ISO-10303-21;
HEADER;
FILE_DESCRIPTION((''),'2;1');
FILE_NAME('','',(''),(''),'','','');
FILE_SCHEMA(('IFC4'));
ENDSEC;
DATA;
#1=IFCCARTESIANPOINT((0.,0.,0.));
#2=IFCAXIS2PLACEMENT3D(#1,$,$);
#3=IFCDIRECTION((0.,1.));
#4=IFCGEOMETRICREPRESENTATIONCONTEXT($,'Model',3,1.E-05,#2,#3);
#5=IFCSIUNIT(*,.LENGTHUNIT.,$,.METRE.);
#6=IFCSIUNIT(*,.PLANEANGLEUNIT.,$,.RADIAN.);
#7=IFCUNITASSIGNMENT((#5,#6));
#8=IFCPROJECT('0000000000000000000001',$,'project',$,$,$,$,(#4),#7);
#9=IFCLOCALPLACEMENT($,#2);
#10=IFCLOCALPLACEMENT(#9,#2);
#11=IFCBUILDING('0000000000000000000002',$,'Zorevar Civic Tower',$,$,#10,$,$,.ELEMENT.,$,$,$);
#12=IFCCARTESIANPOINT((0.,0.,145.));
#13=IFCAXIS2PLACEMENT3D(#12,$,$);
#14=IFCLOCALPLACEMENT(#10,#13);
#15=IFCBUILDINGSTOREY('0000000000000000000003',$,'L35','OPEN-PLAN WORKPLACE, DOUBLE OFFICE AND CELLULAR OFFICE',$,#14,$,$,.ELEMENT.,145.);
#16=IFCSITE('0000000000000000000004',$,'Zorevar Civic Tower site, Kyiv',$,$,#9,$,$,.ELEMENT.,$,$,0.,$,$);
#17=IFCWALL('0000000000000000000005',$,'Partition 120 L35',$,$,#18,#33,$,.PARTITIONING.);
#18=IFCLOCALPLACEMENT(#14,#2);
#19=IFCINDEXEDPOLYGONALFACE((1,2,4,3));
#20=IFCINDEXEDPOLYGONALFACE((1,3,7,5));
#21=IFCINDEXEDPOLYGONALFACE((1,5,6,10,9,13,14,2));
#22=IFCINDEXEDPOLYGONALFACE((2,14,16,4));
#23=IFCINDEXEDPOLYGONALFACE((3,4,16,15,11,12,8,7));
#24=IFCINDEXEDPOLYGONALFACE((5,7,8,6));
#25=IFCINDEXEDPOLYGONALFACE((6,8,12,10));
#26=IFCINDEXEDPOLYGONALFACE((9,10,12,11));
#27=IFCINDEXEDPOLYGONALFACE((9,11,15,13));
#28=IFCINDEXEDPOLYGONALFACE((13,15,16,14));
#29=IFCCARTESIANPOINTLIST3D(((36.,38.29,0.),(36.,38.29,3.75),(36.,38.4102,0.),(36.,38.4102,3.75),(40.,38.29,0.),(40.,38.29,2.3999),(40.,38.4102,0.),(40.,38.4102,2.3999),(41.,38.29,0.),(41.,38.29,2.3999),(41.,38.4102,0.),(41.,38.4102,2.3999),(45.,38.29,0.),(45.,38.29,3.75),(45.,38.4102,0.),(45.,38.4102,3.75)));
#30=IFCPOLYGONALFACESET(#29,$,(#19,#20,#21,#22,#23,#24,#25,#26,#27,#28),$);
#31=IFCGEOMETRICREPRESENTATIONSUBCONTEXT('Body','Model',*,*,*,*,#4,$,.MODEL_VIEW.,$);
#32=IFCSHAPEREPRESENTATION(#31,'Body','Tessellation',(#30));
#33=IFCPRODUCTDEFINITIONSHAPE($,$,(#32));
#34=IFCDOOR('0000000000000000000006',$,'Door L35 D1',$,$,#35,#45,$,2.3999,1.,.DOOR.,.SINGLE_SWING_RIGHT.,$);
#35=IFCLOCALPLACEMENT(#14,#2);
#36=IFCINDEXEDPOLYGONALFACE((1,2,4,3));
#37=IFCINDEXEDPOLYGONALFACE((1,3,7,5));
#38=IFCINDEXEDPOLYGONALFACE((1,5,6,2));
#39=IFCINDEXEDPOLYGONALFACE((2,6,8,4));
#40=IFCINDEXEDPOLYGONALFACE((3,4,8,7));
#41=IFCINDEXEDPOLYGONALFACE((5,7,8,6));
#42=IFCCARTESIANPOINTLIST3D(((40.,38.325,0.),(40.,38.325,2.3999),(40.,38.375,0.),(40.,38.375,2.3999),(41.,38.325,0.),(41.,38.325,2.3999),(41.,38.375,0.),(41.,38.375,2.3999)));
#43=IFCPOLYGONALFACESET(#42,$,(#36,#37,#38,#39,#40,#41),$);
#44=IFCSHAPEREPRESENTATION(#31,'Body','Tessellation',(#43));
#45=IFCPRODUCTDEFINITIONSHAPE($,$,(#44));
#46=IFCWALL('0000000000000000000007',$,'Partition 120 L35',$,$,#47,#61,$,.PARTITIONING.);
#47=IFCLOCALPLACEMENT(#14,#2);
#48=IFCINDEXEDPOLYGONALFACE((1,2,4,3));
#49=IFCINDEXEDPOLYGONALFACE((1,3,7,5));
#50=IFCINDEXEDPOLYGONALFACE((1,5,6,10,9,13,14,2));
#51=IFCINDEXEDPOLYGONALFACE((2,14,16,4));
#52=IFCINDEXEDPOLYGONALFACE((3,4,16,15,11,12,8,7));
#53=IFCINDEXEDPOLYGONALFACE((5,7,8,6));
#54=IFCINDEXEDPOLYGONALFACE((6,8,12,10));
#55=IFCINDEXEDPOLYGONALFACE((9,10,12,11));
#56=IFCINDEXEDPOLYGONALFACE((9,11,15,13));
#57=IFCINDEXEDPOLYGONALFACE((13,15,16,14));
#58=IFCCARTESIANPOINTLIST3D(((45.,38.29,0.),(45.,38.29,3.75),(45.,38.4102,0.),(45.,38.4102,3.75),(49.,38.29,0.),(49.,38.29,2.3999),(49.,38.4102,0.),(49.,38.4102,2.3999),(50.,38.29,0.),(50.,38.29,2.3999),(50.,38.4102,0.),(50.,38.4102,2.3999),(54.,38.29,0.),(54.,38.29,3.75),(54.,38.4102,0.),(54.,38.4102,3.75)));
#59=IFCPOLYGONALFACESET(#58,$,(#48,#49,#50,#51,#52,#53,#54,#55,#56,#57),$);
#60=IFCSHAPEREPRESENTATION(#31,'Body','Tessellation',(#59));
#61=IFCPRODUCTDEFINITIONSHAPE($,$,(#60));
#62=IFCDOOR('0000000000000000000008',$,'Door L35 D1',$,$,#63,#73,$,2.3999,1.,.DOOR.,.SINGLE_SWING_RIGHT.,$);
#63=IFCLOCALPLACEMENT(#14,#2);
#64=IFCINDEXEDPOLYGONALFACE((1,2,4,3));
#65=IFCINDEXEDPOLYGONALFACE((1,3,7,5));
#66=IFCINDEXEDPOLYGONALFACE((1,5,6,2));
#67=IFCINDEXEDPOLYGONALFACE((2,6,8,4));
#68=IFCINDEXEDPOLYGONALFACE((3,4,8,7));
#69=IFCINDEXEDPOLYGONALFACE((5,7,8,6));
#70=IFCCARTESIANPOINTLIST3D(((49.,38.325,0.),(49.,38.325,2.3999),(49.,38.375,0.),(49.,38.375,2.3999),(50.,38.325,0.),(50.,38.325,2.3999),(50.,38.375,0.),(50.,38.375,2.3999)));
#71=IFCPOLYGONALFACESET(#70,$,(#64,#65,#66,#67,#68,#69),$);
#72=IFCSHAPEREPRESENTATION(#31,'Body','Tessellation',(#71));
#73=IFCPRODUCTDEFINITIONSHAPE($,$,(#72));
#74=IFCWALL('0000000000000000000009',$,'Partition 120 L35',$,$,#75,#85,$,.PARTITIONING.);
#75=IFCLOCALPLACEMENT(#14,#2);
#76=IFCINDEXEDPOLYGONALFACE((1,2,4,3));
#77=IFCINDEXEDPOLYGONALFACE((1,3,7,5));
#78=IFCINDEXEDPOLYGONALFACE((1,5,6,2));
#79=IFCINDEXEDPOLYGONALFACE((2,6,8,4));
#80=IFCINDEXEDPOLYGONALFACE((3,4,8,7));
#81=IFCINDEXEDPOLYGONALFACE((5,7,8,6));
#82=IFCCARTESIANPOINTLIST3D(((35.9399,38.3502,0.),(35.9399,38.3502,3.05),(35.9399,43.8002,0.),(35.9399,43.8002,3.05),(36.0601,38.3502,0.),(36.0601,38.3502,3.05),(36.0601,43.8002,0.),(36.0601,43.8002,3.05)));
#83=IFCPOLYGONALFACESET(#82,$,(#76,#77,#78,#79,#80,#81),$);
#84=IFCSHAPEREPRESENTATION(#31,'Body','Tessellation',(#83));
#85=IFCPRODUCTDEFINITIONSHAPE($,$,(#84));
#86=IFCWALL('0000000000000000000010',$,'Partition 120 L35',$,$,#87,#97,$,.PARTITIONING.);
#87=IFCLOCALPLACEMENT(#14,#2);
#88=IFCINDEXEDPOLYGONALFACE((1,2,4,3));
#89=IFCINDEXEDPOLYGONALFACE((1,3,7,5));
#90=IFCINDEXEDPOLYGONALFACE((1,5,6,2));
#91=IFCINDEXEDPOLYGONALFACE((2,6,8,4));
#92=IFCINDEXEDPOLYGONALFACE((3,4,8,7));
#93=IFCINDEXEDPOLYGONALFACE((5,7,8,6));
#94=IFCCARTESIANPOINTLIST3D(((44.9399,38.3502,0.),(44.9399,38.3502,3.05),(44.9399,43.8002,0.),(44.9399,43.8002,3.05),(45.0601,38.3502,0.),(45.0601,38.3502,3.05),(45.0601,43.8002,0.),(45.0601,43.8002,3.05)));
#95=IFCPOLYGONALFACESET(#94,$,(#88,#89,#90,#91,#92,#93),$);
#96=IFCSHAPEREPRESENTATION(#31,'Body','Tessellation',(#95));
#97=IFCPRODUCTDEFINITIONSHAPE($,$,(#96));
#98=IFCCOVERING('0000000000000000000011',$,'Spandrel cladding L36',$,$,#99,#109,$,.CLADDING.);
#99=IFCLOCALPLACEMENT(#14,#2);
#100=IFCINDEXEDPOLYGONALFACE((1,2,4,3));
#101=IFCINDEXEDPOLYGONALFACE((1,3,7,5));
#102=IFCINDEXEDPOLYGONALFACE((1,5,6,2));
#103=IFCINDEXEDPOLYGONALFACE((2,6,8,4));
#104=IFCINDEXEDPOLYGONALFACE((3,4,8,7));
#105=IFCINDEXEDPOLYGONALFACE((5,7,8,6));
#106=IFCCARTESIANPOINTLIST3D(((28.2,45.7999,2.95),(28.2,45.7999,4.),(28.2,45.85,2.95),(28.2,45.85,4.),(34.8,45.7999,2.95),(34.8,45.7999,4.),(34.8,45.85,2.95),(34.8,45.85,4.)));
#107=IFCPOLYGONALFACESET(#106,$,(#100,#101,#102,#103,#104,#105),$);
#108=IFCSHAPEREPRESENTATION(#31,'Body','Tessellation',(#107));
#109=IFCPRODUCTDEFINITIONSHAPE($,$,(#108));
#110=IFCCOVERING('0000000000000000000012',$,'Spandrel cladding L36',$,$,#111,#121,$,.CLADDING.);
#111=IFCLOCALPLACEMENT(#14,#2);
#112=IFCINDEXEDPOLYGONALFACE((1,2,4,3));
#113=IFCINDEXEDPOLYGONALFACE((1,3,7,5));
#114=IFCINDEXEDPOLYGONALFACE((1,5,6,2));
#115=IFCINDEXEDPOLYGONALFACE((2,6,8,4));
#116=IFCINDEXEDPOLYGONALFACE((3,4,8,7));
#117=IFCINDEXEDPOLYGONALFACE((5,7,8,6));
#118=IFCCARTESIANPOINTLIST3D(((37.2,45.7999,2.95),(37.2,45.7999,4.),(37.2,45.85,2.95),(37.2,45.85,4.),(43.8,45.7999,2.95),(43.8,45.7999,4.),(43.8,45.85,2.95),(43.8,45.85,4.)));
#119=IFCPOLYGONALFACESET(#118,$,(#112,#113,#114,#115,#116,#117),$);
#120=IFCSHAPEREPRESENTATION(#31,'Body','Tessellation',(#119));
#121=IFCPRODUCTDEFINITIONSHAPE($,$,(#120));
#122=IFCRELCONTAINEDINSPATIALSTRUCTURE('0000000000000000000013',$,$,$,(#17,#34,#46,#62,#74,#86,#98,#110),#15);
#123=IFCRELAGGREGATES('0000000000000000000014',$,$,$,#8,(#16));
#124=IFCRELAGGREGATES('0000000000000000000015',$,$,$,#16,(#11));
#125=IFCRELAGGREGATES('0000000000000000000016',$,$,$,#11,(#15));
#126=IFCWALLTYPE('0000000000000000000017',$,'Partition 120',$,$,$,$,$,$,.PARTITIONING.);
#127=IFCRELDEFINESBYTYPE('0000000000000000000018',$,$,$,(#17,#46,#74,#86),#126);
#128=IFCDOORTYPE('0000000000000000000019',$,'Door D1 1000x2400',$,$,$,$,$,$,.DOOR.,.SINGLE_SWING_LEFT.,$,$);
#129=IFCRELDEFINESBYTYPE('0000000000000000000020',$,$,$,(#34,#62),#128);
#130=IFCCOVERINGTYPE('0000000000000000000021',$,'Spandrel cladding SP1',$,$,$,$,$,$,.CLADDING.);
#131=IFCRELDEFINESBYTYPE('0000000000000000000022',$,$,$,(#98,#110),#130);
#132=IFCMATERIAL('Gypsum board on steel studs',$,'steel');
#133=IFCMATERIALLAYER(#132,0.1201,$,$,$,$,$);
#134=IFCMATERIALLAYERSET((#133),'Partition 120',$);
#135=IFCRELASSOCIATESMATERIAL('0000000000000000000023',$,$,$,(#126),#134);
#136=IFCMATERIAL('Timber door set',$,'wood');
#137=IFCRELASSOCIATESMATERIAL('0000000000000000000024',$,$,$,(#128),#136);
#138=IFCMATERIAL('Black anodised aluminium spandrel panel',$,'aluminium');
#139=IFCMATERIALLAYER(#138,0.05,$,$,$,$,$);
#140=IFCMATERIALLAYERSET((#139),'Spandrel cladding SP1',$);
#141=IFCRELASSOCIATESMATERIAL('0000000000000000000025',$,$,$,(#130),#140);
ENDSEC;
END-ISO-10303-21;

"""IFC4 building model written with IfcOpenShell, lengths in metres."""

from ifc_helpers import new_model, si_unit, direction, frame, frame_2d, origin, place, context, subcontext, project, spatial, rectangle, extrude, material, layer, layer_set, type_object, element, fill, save


model = new_model("IFC4")

# Units and contexts
model_context = context("Model", 3, precision=1e-05, world=origin(), true_north=direction((0.0, 1.0)))
body_context = subcontext(model_context, "Body", "Model", "MODEL_VIEW")
ifc_project = project(units=[si_unit("LENGTHUNIT", "METRE"), si_unit("PLANEANGLEUNIT", "RADIAN")], contexts=[model_context])

# Site, building, storey
site_placement = place(None, origin())
site = spatial("IfcSite", under=ifc_project, at=site_placement, Name="Zorevar Civic Tower site, Kyiv", CompositionType="ELEMENT", RefElevation=0.0)
building_placement = place(site_placement, origin())
building = spatial("IfcBuilding", under=site, at=building_placement, Name="Zorevar Civic Tower", CompositionType="ELEMENT")
storey_placement = place(building_placement, frame((0.0, 0.0, 145.0)))
storey = spatial("IfcBuildingStorey", under=building, at=storey_placement, Name="L35", Description="OPEN-PLAN WORKPLACE, DOUBLE OFFICE AND CELLULAR OFFICE", CompositionType="ELEMENT", Elevation=145.0)

# Walls, openings, doors
ifc_material_1 = material(Name="Gypsum board on steel studs", Category="steel")
ifc_layer_1 = layer(ifc_material_1, 0.1201)
ifc_layer_set_1 = layer_set([ifc_layer_1], Name="Partition 120")
wall_type = type_object("IfcWallType", Name="Partition 120", PredefinedType="PARTITIONING", material=ifc_layer_set_1)
wall_1_placement = place(storey_placement, frame((36.0, 38.3501, 0.0), z_axis=(0.0, 0.0, 1.0), x_axis=(1.0, 0.0, 0.0)))
wall_1 = element("IfcWall", 1, at=wall_1_placement, inside=storey, type_object=wall_type, Name="Partition 120 L35", PredefinedType="PARTITIONING", context=body_context, shape_type="SweptSolid", body=[
    extrude(rectangle(XDim=9.0, YDim=0.1201, at=frame_2d((4.5, 0.0))), origin(), (0.0, 0.0, 1.0), 3.75),
])
opening_1_placement = place(wall_1_placement, frame((4.0, 0.0, 0.0)))
opening_1 = element("IfcOpeningElement", 2, at=opening_1_placement, cuts=wall_1, PredefinedType="OPENING", context=body_context, shape_type="SweptSolid", body=[
    extrude(rectangle(XDim=1.0, YDim=2.3999, at=frame_2d((0.5, 1.2))), frame((0.0, 0.0701, 0.0), z_axis=(0.0, -1.0, 0.0), x_axis=(1.0, 0.0, 0.0)), (0.0, 0.0, 1.0), 0.1401),
])
ifc_material_2 = material(Name="Timber door set", Category="wood")
door_type = type_object("IfcDoorType", Name="Door D1 1000x2400", OperationType="SINGLE_SWING_LEFT", PredefinedType="DOOR", material=ifc_material_2)
door_1_placement = place(opening_1_placement, origin())
door_1 = element("IfcDoor", 3, at=door_1_placement, inside=storey, type_object=door_type, Name="Door L35 D1", OperationType="SINGLE_SWING_RIGHT", OverallHeight=2.3999, OverallWidth=1.0, PredefinedType="DOOR", context=body_context, shape_type="SweptSolid", body=[
    extrude(rectangle(XDim=1.0, YDim=2.3999, at=frame_2d((0.5, 1.2))), frame((0.0, 0.0249, 0.0), z_axis=(0.0, -1.0, 0.0), x_axis=(1.0, 0.0, 0.0)), (0.0, 0.0, 1.0), 0.05),
])
fill(opening_1, door_1)
wall_2_placement = place(storey_placement, frame((45.0, 38.3501, 0.0), z_axis=(0.0, 0.0, 1.0), x_axis=(1.0, 0.0, 0.0)))
wall_2 = element("IfcWall", 4, at=wall_2_placement, inside=storey, type_object=wall_type, Name="Partition 120 L35", PredefinedType="PARTITIONING", context=body_context, shape_type="SweptSolid", body=[
    extrude(rectangle(XDim=9.0, YDim=0.1201, at=frame_2d((4.5, 0.0))), origin(), (0.0, 0.0, 1.0), 3.75),
])
opening_2_placement = place(wall_2_placement, frame((4.0, 0.0, 0.0)))
opening_2 = element("IfcOpeningElement", 5, at=opening_2_placement, cuts=wall_2, PredefinedType="OPENING", context=body_context, shape_type="SweptSolid", body=[
    extrude(rectangle(XDim=1.0, YDim=2.3999, at=frame_2d((0.5, 1.2))), frame((0.0, 0.0701, 0.0), z_axis=(0.0, -1.0, 0.0), x_axis=(1.0, 0.0, 0.0)), (0.0, 0.0, 1.0), 0.1401),
])
door_2_placement = place(opening_2_placement, origin())
door_2 = element("IfcDoor", 6, at=door_2_placement, inside=storey, type_object=door_type, Name="Door L35 D1", OperationType="SINGLE_SWING_RIGHT", OverallHeight=2.3999, OverallWidth=1.0, PredefinedType="DOOR", context=body_context, shape_type="SweptSolid", body=[
    extrude(rectangle(XDim=1.0, YDim=2.3999, at=frame_2d((0.5, 1.2))), frame((0.0, 0.0249, 0.0), z_axis=(0.0, -1.0, 0.0), x_axis=(1.0, 0.0, 0.0)), (0.0, 0.0, 1.0), 0.05),
])
fill(opening_2, door_2)

# Walls
for number, where, z_axis, x_axis, name in (
    (7, (36.0, 38.3501, 0.0), (0.0, 0.0, 1.0), (0.0, 1.0, 0.0), "Partition 120 L35"),
    (8, (45.0, 38.3501, 0.0), (0.0, 0.0, 1.0), (0.0, 1.0, 0.0), "Partition 120 L35"),
):
    element("IfcWall", number, at=place(storey_placement, frame(where, z_axis=z_axis, x_axis=x_axis)), inside=storey, type_object=wall_type, Name=name, PredefinedType="PARTITIONING", context=body_context, shape_type="SweptSolid", body=[
        extrude(rectangle(XDim=5.45, YDim=0.1201, at=frame_2d((2.7251, 0.0))), origin(), (0.0, 0.0, 1.0), 3.05),
    ])

# Coverings
ifc_material_3 = material(Name="Black anodised aluminium spandrel panel", Category="aluminium")
ifc_layer_2 = layer(ifc_material_3, 0.05)
ifc_layer_set_2 = layer_set([ifc_layer_2], Name="Spandrel cladding SP1")
covering_type = type_object("IfcCoveringType", Name="Spandrel cladding SP1", PredefinedType="CLADDING", material=ifc_layer_set_2)
for number, where, z_axis, x_axis, name in (
    (9, (28.2, 45.825, 2.95), (0.0, 0.0, 1.0), (1.0, 0.0, 0.0), "Spandrel cladding L36"),
    (10, (37.2, 45.825, 2.95), (0.0, 0.0, 1.0), (1.0, 0.0, 0.0), "Spandrel cladding L36"),
):
    element("IfcCovering", number, at=place(storey_placement, frame(where, z_axis=z_axis, x_axis=x_axis)), inside=storey, type_object=covering_type, Name=name, PredefinedType="CLADDING", context=body_context, shape_type="SweptSolid", body=[
        extrude(rectangle(XDim=6.6001, YDim=0.05, at=frame_2d((3.3, 0.0))), origin(), (0.0, 0.0, 1.0), 1.05),
    ])

save(model, "model.ifc")
